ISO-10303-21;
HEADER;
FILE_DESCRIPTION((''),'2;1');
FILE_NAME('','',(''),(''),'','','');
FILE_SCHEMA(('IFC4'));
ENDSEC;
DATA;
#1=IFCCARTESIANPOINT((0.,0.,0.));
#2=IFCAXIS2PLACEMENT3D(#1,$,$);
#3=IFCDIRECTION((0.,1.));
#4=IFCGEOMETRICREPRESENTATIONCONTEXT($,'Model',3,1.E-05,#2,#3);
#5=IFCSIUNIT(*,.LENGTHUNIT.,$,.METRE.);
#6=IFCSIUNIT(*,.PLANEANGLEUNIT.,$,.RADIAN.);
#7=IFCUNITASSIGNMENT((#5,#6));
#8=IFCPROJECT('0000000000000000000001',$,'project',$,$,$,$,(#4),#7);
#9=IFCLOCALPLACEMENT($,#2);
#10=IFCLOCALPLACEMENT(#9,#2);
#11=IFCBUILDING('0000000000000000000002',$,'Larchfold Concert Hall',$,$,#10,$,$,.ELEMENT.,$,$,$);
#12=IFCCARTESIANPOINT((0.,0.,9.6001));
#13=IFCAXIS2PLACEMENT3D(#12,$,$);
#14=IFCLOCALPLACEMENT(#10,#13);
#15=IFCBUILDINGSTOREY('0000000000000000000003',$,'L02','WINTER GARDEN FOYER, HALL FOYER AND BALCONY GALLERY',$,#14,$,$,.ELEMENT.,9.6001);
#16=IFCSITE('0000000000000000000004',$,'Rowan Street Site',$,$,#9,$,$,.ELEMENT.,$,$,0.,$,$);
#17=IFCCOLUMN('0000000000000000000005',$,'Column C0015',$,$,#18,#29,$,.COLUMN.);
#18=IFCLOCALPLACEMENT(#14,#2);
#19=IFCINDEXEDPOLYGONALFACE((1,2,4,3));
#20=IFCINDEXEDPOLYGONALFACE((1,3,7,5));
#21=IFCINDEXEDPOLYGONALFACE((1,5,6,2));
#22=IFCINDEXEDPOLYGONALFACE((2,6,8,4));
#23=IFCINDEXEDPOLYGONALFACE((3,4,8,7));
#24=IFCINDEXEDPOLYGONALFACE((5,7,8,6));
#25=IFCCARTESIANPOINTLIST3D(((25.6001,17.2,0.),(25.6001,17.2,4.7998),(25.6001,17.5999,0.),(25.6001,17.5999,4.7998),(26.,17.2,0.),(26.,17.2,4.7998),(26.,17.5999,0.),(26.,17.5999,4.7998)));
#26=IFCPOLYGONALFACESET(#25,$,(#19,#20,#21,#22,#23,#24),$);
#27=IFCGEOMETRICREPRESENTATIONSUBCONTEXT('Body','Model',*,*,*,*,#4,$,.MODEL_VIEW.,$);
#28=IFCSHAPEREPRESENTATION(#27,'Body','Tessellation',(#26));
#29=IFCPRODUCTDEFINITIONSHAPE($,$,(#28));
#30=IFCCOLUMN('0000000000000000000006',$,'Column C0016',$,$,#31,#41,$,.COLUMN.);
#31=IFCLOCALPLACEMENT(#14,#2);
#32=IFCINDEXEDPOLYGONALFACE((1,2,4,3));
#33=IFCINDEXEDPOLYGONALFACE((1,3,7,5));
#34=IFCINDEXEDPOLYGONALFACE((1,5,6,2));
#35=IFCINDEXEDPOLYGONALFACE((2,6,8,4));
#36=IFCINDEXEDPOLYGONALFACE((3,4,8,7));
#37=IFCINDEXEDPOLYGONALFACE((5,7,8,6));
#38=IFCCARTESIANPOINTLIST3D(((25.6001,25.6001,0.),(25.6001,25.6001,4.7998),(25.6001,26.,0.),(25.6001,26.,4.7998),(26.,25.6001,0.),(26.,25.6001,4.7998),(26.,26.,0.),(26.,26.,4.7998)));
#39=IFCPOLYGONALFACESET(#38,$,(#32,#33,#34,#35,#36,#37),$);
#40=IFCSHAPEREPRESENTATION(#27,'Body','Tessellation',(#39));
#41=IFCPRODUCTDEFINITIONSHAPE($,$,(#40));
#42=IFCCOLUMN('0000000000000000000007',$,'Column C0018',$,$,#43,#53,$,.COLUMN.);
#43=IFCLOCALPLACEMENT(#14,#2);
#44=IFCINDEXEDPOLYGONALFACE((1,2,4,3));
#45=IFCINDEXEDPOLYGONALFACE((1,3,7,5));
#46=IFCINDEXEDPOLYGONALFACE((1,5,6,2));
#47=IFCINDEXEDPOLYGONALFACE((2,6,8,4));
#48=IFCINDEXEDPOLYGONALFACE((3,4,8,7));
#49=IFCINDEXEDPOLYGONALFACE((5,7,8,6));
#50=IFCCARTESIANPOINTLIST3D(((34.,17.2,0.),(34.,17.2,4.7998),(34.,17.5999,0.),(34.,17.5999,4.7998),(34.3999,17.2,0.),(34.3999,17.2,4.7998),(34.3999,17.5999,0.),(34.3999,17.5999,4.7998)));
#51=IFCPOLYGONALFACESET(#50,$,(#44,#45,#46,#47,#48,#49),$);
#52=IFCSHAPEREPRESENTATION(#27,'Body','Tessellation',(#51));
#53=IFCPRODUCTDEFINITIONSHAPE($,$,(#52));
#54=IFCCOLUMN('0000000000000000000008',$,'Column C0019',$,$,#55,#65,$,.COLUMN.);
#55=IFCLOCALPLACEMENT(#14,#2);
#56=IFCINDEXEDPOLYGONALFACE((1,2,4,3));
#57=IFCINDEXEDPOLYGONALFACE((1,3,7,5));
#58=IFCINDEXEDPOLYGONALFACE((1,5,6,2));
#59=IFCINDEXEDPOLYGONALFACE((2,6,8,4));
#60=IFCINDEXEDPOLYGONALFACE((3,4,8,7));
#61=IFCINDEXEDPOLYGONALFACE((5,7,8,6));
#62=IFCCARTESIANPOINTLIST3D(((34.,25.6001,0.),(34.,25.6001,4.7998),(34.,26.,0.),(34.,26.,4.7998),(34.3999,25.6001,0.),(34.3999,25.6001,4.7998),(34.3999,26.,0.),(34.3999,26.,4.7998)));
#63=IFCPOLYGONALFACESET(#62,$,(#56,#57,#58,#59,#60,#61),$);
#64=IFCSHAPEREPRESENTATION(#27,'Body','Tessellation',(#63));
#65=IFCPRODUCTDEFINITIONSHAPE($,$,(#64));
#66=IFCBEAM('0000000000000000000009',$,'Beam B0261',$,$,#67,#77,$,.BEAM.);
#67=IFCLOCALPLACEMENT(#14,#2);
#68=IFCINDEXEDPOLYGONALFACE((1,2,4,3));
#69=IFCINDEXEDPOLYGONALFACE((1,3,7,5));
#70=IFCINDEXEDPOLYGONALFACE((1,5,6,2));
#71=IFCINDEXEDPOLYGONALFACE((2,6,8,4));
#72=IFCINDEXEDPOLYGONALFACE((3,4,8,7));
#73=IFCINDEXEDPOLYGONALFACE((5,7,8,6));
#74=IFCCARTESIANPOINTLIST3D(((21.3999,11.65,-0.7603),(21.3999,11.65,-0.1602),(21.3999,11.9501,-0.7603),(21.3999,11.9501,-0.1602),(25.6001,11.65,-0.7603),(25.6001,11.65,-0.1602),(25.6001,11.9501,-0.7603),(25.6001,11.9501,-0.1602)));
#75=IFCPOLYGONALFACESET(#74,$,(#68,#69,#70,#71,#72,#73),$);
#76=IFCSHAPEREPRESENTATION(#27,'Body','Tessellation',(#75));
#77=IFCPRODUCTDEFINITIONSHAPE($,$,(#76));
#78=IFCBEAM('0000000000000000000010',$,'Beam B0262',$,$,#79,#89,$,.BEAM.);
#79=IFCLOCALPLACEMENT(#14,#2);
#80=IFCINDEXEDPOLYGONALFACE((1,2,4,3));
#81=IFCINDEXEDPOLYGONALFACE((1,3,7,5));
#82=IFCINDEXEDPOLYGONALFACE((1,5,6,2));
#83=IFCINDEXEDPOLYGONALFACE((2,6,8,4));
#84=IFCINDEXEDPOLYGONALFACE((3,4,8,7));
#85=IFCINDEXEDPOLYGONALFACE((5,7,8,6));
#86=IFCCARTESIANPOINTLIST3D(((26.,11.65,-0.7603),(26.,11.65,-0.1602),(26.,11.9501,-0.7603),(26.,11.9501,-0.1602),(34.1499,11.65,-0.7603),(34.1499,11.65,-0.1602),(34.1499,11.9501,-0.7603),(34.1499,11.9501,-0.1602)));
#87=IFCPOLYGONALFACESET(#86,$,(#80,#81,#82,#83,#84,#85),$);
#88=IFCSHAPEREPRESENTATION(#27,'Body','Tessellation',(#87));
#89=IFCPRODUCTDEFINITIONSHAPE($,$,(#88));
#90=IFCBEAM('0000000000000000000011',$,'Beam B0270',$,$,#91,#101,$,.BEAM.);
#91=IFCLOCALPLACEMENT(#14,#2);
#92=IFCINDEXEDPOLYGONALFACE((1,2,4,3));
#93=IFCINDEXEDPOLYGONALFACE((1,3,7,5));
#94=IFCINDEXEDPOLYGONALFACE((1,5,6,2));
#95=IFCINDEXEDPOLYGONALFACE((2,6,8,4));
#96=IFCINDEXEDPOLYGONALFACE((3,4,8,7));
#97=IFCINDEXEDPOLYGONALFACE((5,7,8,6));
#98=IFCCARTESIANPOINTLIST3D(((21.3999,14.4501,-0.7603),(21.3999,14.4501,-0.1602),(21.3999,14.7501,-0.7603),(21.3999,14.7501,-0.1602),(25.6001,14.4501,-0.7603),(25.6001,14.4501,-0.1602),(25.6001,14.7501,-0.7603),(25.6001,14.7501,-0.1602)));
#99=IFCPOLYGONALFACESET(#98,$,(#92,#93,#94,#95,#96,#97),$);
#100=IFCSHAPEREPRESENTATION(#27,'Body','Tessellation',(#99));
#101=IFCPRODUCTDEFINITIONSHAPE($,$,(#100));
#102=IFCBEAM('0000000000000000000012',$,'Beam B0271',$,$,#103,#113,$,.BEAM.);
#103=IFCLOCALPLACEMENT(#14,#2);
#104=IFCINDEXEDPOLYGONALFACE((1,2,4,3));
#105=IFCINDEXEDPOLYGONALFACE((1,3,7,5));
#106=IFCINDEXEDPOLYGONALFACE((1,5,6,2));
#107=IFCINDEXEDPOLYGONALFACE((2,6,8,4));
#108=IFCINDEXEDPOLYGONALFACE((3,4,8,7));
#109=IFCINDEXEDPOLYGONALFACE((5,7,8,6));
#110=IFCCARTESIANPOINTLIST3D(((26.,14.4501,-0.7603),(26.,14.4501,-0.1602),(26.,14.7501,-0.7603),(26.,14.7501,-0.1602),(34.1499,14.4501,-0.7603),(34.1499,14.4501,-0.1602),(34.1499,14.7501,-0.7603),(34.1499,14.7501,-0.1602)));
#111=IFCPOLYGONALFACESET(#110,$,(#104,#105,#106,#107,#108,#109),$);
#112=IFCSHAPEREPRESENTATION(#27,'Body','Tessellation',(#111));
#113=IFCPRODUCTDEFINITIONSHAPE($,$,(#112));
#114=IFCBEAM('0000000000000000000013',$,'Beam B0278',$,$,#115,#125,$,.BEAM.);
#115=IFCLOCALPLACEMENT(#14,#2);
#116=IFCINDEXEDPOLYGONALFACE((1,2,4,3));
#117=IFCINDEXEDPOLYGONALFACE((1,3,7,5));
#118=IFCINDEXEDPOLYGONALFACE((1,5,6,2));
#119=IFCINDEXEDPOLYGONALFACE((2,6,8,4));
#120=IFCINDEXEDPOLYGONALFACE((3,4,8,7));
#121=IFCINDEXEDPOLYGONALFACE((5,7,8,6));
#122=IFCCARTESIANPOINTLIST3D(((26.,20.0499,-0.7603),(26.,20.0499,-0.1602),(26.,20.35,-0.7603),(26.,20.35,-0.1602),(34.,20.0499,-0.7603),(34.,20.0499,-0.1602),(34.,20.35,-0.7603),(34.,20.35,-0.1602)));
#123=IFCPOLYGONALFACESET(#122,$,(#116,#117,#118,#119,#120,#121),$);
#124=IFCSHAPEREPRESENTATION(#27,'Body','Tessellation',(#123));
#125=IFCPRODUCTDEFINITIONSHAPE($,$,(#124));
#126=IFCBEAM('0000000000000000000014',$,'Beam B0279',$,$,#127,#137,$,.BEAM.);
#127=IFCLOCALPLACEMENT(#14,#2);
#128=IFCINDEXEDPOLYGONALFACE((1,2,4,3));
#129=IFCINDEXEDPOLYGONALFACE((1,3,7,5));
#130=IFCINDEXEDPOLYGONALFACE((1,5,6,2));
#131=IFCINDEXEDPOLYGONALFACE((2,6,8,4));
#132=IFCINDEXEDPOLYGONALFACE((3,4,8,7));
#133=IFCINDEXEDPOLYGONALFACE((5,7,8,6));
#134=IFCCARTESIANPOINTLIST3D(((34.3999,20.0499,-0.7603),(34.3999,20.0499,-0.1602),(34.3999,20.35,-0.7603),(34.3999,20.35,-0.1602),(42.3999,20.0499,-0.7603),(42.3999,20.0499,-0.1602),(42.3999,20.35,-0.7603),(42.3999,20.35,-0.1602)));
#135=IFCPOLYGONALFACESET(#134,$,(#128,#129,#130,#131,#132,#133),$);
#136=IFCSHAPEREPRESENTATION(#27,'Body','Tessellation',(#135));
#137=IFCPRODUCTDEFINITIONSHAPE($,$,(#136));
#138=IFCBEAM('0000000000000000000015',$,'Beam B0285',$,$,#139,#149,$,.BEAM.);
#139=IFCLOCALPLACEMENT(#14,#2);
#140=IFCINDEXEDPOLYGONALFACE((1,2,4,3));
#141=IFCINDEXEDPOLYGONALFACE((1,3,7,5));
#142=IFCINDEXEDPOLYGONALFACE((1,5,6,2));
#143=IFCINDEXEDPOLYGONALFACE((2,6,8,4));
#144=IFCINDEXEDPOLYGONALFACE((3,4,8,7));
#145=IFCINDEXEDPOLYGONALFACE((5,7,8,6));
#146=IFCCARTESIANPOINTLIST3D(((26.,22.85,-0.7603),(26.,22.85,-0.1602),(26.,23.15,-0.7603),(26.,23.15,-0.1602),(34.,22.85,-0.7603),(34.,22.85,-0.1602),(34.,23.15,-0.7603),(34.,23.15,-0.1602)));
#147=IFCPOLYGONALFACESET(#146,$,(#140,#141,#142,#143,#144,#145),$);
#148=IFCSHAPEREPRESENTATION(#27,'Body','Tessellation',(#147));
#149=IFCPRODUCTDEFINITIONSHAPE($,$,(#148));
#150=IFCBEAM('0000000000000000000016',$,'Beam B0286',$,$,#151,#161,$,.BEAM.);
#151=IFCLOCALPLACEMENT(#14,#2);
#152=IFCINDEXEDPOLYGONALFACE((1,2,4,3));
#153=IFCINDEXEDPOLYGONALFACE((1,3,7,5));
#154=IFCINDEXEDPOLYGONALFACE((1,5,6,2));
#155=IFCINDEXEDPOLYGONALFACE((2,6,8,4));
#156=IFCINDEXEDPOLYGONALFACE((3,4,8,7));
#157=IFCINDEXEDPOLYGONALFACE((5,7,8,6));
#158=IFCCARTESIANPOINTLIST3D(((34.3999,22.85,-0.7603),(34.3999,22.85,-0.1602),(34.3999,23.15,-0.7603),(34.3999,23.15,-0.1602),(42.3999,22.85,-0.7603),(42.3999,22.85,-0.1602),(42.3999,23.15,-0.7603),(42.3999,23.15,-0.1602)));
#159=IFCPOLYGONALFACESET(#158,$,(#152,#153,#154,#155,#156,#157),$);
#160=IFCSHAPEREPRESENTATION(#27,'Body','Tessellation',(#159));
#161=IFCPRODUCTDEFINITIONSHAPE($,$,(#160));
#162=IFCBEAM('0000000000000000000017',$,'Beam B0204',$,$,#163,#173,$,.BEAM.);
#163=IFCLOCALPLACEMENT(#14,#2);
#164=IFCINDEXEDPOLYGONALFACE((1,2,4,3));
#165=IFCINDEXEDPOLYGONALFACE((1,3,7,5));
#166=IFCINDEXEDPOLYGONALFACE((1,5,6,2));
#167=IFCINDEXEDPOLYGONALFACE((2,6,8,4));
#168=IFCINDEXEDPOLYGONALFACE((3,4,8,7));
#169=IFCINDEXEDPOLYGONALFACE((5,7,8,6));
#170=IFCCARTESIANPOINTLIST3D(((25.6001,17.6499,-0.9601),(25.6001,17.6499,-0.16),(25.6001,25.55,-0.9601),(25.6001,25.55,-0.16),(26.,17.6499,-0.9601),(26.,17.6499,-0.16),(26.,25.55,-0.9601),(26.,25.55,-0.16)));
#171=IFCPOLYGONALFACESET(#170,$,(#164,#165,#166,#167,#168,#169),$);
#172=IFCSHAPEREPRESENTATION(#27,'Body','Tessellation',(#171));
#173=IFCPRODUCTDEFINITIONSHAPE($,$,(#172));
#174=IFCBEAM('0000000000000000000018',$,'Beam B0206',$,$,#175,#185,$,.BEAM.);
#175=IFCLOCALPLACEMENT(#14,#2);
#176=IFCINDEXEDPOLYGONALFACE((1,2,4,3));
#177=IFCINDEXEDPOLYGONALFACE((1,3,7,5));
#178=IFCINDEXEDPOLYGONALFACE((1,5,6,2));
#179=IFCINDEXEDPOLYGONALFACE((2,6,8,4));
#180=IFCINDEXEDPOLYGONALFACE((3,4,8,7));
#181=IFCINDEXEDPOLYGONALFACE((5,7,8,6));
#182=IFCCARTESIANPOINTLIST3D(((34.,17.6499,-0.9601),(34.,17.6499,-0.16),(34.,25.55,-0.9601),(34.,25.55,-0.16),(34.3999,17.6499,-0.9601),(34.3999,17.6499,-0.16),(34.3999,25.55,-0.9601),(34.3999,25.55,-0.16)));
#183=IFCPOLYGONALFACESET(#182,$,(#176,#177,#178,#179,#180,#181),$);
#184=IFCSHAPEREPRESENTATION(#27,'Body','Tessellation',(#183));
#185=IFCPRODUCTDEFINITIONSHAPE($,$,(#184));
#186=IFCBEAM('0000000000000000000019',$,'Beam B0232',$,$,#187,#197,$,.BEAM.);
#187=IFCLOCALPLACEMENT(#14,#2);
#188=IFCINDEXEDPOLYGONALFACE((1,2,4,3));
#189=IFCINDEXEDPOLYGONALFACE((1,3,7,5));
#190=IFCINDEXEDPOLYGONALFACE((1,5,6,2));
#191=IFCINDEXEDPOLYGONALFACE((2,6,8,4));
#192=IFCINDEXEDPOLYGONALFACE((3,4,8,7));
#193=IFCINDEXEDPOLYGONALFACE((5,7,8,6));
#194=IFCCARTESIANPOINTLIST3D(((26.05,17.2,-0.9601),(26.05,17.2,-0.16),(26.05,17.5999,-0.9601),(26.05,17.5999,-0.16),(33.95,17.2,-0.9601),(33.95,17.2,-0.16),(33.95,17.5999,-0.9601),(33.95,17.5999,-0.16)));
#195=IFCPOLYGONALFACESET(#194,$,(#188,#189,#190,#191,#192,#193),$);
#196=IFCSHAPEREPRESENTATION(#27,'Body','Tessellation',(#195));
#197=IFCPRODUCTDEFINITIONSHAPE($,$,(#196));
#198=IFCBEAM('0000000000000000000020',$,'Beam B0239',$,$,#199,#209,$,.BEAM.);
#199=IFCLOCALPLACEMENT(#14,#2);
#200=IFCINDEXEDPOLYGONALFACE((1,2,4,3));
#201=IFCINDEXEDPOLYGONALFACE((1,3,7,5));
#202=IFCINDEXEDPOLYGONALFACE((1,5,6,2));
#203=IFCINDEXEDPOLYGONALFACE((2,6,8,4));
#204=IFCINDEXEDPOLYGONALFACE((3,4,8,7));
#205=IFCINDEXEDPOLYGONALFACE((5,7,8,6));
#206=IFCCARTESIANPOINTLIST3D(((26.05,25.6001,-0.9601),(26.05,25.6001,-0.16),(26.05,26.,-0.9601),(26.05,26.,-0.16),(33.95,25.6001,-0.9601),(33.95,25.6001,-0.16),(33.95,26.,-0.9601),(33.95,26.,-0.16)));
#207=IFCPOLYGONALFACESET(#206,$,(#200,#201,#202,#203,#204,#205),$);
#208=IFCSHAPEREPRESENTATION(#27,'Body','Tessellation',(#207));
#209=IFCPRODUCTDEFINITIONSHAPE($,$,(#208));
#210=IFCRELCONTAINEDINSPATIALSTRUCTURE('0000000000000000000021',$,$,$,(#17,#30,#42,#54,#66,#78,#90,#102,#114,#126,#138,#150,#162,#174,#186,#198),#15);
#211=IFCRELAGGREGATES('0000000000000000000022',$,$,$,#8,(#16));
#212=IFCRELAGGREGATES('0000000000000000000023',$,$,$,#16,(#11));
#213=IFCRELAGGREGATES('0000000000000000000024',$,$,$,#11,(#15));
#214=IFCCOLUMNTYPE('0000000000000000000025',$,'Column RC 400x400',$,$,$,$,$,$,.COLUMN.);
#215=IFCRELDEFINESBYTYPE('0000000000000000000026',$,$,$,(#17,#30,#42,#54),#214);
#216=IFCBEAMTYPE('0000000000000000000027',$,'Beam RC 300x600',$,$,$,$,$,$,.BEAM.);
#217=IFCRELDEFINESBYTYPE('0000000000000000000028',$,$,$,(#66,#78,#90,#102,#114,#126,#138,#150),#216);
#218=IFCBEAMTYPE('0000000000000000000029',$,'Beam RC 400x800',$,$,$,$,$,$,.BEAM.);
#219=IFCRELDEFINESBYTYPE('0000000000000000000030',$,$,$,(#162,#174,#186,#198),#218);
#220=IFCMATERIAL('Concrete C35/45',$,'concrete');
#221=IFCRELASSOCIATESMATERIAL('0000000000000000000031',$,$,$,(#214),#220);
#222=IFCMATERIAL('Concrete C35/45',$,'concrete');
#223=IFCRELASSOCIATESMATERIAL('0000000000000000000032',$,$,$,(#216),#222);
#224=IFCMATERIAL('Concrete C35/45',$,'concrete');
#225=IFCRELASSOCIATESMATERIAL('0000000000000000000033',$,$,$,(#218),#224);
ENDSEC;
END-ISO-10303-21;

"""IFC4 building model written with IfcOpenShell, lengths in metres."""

from ifc_helpers import new_model, si_unit, direction, frame, origin, origin_2d, place, context, subcontext, project, spatial, rectangle, extrude, material, material_profile, profile_set, type_object, element, save


model = new_model("IFC4")

# Units and contexts
model_context = context("Model", 3, precision=1e-05, world=origin(), true_north=direction((0.0, 1.0)))
body_context = subcontext(model_context, "Body", "Model", "MODEL_VIEW")
ifc_project = project(units=[si_unit("LENGTHUNIT", "METRE"), si_unit("PLANEANGLEUNIT", "RADIAN")], contexts=[model_context])

# Site, building, storey
site_placement = place(None, origin())
site = spatial("IfcSite", under=ifc_project, at=site_placement, Name="Rowan Street Site", CompositionType="ELEMENT", RefElevation=0.0)
building_placement = place(site_placement, origin())
building = spatial("IfcBuilding", under=site, at=building_placement, Name="Larchfold Concert Hall", CompositionType="ELEMENT")
storey_placement = place(building_placement, frame((0.0, 0.0, 9.6001)))
storey = spatial("IfcBuildingStorey", under=building, at=storey_placement, Name="L02", Description="WINTER GARDEN FOYER, HALL FOYER AND BALCONY GALLERY", CompositionType="ELEMENT", Elevation=9.6001)

# Columns
ifc_material_1 = material(Name="Concrete C35/45", Category="concrete")
ifc_material_profile_1 = material_profile(ifc_material_1, rectangle(XDim=0.3999, YDim=0.3999, at=origin_2d()))
ifc_profile_set_1 = profile_set([ifc_material_profile_1], Name="Concrete C35/45")
column_type = type_object("IfcColumnType", Name="Column RC 400x400", PredefinedType="COLUMN", material=ifc_profile_set_1)
for number, where, z_axis, x_axis, name in (
    (1, (25.8, 17.3999, 0.0), (0.0, 0.0, 1.0), (1.0, 0.0, 0.0), "Column C0015"),
    (2, (25.8, 25.8, 0.0), (0.0, 0.0, 1.0), (1.0, 0.0, 0.0), "Column C0016"),
    (3, (34.2, 17.3999, 0.0), (0.0, 0.0, 1.0), (1.0, 0.0, 0.0), "Column C0018"),
    (4, (34.2, 25.8, 0.0), (0.0, 0.0, 1.0), (1.0, 0.0, 0.0), "Column C0019"),
):
    element("IfcColumn", number, at=place(storey_placement, frame(where, z_axis=z_axis, x_axis=x_axis)), inside=storey, type_object=column_type, Name=name, PredefinedType="COLUMN", context=body_context, shape_type="SweptSolid", body=[
        extrude(rectangle(XDim=0.3999, YDim=0.3999, at=origin_2d()), origin(), (0.0, 0.0, 1.0), 4.7998),
    ])

# Beams
ifc_material_2 = material(Name="Concrete C35/45", Category="concrete")
ifc_material_profile_2 = material_profile(ifc_material_2, rectangle(XDim=0.3, YDim=0.6001, at=origin_2d()))
ifc_profile_set_2 = profile_set([ifc_material_profile_2], Name="Concrete C35/45")
beam_type_1 = type_object("IfcBeamType", Name="Beam RC 300x600", PredefinedType="BEAM", material=ifc_profile_set_2)
beam_1_placement = place(storey_placement, frame((21.3999, 11.8, -0.4602), z_axis=(1.0, 0.0, 0.0), x_axis=(0.0, 1.0, 0.0)))
element("IfcBeam", 5, at=beam_1_placement, inside=storey, type_object=beam_type_1, Name="Beam B0261", PredefinedType="BEAM", context=body_context, shape_type="SweptSolid", body=[
    extrude(rectangle(XDim=0.3, YDim=0.6001, at=origin_2d()), origin(), (0.0, 0.0, 1.0), 4.2002),
])
beam_2_placement = place(storey_placement, frame((26.0, 11.8, -0.4602), z_axis=(1.0, 0.0, 0.0), x_axis=(0.0, 1.0, 0.0)))
element("IfcBeam", 6, at=beam_2_placement, inside=storey, type_object=beam_type_1, Name="Beam B0262", PredefinedType="BEAM", context=body_context, shape_type="SweptSolid", body=[
    extrude(rectangle(XDim=0.3, YDim=0.6001, at=origin_2d()), origin(), (0.0, 0.0, 1.0), 8.1499),
])
beam_3_placement = place(storey_placement, frame((21.3999, 14.6001, -0.4602), z_axis=(1.0, 0.0, 0.0), x_axis=(0.0, 1.0, 0.0)))
element("IfcBeam", 7, at=beam_3_placement, inside=storey, type_object=beam_type_1, Name="Beam B0270", PredefinedType="BEAM", context=body_context, shape_type="SweptSolid", body=[
    extrude(rectangle(XDim=0.3, YDim=0.6001, at=origin_2d()), origin(), (0.0, 0.0, 1.0), 4.2002),
])
beam_4_placement = place(storey_placement, frame((26.0, 14.6001, -0.4602), z_axis=(1.0, 0.0, 0.0), x_axis=(0.0, 1.0, 0.0)))
element("IfcBeam", 8, at=beam_4_placement, inside=storey, type_object=beam_type_1, Name="Beam B0271", PredefinedType="BEAM", context=body_context, shape_type="SweptSolid", body=[
    extrude(rectangle(XDim=0.3, YDim=0.6001, at=origin_2d()), origin(), (0.0, 0.0, 1.0), 8.1499),
])
for number, where, z_axis, x_axis, name in (
    (9, (26.0, 20.2, -0.4602), (1.0, 0.0, 0.0), (0.0, 1.0, 0.0), "Beam B0278"),
    (10, (34.3999, 20.2, -0.4602), (1.0, 0.0, 0.0), (0.0, 1.0, 0.0), "Beam B0279"),
    (11, (26.0, 23.0, -0.4602), (1.0, 0.0, 0.0), (0.0, 1.0, 0.0), "Beam B0285"),
    (12, (34.3999, 23.0, -0.4602), (1.0, 0.0, 0.0), (0.0, 1.0, 0.0), "Beam B0286"),
):
    element("IfcBeam", number, at=place(storey_placement, frame(where, z_axis=z_axis, x_axis=x_axis)), inside=storey, type_object=beam_type_1, Name=name, PredefinedType="BEAM", context=body_context, shape_type="SweptSolid", body=[
        extrude(rectangle(XDim=0.3, YDim=0.6001, at=origin_2d()), origin(), (0.0, 0.0, 1.0), 8.0),
    ])
ifc_material_3 = material(Name="Concrete C35/45", Category="concrete")
ifc_material_profile_3 = material_profile(ifc_material_3, rectangle(XDim=0.3999, YDim=0.8, at=origin_2d()))
ifc_profile_set_3 = profile_set([ifc_material_profile_3], Name="Concrete C35/45")
beam_type_2 = type_object("IfcBeamType", Name="Beam RC 400x800", PredefinedType="BEAM", material=ifc_profile_set_3)
for number, where, z_axis, x_axis, name in (
    (13, (25.8, 17.6499, -0.5601), (0.0, 1.0, 0.0), (-1.0, 0.0, 0.0), "Beam B0204"),
    (14, (34.2, 17.6499, -0.5601), (0.0, 1.0, 0.0), (-1.0, 0.0, 0.0), "Beam B0206"),
):
    element("IfcBeam", number, at=place(storey_placement, frame(where, z_axis=z_axis, x_axis=x_axis)), inside=storey, type_object=beam_type_2, Name=name, PredefinedType="BEAM", context=body_context, shape_type="SweptSolid", body=[
        extrude(rectangle(XDim=0.3999, YDim=0.8, at=origin_2d()), origin(), (0.0, 0.0, 1.0), 7.9001),
    ])
for number, where, z_axis, x_axis, name in (
    (15, (26.05, 17.3999, -0.5601), (1.0, 0.0, 0.0), (0.0, 1.0, 0.0), "Beam B0232"),
    (16, (26.05, 25.8, -0.5601), (1.0, 0.0, 0.0), (0.0, 1.0, 0.0), "Beam B0239"),
):
    element("IfcBeam", number, at=place(storey_placement, frame(where, z_axis=z_axis, x_axis=x_axis)), inside=storey, type_object=beam_type_2, Name=name, PredefinedType="BEAM", context=body_context, shape_type="SweptSolid", body=[
        extrude(rectangle(XDim=0.3999, YDim=0.8, at=origin_2d()), origin(), (0.0, 0.0, 1.0), 7.8999),
    ])

save(model, "model.ifc")
